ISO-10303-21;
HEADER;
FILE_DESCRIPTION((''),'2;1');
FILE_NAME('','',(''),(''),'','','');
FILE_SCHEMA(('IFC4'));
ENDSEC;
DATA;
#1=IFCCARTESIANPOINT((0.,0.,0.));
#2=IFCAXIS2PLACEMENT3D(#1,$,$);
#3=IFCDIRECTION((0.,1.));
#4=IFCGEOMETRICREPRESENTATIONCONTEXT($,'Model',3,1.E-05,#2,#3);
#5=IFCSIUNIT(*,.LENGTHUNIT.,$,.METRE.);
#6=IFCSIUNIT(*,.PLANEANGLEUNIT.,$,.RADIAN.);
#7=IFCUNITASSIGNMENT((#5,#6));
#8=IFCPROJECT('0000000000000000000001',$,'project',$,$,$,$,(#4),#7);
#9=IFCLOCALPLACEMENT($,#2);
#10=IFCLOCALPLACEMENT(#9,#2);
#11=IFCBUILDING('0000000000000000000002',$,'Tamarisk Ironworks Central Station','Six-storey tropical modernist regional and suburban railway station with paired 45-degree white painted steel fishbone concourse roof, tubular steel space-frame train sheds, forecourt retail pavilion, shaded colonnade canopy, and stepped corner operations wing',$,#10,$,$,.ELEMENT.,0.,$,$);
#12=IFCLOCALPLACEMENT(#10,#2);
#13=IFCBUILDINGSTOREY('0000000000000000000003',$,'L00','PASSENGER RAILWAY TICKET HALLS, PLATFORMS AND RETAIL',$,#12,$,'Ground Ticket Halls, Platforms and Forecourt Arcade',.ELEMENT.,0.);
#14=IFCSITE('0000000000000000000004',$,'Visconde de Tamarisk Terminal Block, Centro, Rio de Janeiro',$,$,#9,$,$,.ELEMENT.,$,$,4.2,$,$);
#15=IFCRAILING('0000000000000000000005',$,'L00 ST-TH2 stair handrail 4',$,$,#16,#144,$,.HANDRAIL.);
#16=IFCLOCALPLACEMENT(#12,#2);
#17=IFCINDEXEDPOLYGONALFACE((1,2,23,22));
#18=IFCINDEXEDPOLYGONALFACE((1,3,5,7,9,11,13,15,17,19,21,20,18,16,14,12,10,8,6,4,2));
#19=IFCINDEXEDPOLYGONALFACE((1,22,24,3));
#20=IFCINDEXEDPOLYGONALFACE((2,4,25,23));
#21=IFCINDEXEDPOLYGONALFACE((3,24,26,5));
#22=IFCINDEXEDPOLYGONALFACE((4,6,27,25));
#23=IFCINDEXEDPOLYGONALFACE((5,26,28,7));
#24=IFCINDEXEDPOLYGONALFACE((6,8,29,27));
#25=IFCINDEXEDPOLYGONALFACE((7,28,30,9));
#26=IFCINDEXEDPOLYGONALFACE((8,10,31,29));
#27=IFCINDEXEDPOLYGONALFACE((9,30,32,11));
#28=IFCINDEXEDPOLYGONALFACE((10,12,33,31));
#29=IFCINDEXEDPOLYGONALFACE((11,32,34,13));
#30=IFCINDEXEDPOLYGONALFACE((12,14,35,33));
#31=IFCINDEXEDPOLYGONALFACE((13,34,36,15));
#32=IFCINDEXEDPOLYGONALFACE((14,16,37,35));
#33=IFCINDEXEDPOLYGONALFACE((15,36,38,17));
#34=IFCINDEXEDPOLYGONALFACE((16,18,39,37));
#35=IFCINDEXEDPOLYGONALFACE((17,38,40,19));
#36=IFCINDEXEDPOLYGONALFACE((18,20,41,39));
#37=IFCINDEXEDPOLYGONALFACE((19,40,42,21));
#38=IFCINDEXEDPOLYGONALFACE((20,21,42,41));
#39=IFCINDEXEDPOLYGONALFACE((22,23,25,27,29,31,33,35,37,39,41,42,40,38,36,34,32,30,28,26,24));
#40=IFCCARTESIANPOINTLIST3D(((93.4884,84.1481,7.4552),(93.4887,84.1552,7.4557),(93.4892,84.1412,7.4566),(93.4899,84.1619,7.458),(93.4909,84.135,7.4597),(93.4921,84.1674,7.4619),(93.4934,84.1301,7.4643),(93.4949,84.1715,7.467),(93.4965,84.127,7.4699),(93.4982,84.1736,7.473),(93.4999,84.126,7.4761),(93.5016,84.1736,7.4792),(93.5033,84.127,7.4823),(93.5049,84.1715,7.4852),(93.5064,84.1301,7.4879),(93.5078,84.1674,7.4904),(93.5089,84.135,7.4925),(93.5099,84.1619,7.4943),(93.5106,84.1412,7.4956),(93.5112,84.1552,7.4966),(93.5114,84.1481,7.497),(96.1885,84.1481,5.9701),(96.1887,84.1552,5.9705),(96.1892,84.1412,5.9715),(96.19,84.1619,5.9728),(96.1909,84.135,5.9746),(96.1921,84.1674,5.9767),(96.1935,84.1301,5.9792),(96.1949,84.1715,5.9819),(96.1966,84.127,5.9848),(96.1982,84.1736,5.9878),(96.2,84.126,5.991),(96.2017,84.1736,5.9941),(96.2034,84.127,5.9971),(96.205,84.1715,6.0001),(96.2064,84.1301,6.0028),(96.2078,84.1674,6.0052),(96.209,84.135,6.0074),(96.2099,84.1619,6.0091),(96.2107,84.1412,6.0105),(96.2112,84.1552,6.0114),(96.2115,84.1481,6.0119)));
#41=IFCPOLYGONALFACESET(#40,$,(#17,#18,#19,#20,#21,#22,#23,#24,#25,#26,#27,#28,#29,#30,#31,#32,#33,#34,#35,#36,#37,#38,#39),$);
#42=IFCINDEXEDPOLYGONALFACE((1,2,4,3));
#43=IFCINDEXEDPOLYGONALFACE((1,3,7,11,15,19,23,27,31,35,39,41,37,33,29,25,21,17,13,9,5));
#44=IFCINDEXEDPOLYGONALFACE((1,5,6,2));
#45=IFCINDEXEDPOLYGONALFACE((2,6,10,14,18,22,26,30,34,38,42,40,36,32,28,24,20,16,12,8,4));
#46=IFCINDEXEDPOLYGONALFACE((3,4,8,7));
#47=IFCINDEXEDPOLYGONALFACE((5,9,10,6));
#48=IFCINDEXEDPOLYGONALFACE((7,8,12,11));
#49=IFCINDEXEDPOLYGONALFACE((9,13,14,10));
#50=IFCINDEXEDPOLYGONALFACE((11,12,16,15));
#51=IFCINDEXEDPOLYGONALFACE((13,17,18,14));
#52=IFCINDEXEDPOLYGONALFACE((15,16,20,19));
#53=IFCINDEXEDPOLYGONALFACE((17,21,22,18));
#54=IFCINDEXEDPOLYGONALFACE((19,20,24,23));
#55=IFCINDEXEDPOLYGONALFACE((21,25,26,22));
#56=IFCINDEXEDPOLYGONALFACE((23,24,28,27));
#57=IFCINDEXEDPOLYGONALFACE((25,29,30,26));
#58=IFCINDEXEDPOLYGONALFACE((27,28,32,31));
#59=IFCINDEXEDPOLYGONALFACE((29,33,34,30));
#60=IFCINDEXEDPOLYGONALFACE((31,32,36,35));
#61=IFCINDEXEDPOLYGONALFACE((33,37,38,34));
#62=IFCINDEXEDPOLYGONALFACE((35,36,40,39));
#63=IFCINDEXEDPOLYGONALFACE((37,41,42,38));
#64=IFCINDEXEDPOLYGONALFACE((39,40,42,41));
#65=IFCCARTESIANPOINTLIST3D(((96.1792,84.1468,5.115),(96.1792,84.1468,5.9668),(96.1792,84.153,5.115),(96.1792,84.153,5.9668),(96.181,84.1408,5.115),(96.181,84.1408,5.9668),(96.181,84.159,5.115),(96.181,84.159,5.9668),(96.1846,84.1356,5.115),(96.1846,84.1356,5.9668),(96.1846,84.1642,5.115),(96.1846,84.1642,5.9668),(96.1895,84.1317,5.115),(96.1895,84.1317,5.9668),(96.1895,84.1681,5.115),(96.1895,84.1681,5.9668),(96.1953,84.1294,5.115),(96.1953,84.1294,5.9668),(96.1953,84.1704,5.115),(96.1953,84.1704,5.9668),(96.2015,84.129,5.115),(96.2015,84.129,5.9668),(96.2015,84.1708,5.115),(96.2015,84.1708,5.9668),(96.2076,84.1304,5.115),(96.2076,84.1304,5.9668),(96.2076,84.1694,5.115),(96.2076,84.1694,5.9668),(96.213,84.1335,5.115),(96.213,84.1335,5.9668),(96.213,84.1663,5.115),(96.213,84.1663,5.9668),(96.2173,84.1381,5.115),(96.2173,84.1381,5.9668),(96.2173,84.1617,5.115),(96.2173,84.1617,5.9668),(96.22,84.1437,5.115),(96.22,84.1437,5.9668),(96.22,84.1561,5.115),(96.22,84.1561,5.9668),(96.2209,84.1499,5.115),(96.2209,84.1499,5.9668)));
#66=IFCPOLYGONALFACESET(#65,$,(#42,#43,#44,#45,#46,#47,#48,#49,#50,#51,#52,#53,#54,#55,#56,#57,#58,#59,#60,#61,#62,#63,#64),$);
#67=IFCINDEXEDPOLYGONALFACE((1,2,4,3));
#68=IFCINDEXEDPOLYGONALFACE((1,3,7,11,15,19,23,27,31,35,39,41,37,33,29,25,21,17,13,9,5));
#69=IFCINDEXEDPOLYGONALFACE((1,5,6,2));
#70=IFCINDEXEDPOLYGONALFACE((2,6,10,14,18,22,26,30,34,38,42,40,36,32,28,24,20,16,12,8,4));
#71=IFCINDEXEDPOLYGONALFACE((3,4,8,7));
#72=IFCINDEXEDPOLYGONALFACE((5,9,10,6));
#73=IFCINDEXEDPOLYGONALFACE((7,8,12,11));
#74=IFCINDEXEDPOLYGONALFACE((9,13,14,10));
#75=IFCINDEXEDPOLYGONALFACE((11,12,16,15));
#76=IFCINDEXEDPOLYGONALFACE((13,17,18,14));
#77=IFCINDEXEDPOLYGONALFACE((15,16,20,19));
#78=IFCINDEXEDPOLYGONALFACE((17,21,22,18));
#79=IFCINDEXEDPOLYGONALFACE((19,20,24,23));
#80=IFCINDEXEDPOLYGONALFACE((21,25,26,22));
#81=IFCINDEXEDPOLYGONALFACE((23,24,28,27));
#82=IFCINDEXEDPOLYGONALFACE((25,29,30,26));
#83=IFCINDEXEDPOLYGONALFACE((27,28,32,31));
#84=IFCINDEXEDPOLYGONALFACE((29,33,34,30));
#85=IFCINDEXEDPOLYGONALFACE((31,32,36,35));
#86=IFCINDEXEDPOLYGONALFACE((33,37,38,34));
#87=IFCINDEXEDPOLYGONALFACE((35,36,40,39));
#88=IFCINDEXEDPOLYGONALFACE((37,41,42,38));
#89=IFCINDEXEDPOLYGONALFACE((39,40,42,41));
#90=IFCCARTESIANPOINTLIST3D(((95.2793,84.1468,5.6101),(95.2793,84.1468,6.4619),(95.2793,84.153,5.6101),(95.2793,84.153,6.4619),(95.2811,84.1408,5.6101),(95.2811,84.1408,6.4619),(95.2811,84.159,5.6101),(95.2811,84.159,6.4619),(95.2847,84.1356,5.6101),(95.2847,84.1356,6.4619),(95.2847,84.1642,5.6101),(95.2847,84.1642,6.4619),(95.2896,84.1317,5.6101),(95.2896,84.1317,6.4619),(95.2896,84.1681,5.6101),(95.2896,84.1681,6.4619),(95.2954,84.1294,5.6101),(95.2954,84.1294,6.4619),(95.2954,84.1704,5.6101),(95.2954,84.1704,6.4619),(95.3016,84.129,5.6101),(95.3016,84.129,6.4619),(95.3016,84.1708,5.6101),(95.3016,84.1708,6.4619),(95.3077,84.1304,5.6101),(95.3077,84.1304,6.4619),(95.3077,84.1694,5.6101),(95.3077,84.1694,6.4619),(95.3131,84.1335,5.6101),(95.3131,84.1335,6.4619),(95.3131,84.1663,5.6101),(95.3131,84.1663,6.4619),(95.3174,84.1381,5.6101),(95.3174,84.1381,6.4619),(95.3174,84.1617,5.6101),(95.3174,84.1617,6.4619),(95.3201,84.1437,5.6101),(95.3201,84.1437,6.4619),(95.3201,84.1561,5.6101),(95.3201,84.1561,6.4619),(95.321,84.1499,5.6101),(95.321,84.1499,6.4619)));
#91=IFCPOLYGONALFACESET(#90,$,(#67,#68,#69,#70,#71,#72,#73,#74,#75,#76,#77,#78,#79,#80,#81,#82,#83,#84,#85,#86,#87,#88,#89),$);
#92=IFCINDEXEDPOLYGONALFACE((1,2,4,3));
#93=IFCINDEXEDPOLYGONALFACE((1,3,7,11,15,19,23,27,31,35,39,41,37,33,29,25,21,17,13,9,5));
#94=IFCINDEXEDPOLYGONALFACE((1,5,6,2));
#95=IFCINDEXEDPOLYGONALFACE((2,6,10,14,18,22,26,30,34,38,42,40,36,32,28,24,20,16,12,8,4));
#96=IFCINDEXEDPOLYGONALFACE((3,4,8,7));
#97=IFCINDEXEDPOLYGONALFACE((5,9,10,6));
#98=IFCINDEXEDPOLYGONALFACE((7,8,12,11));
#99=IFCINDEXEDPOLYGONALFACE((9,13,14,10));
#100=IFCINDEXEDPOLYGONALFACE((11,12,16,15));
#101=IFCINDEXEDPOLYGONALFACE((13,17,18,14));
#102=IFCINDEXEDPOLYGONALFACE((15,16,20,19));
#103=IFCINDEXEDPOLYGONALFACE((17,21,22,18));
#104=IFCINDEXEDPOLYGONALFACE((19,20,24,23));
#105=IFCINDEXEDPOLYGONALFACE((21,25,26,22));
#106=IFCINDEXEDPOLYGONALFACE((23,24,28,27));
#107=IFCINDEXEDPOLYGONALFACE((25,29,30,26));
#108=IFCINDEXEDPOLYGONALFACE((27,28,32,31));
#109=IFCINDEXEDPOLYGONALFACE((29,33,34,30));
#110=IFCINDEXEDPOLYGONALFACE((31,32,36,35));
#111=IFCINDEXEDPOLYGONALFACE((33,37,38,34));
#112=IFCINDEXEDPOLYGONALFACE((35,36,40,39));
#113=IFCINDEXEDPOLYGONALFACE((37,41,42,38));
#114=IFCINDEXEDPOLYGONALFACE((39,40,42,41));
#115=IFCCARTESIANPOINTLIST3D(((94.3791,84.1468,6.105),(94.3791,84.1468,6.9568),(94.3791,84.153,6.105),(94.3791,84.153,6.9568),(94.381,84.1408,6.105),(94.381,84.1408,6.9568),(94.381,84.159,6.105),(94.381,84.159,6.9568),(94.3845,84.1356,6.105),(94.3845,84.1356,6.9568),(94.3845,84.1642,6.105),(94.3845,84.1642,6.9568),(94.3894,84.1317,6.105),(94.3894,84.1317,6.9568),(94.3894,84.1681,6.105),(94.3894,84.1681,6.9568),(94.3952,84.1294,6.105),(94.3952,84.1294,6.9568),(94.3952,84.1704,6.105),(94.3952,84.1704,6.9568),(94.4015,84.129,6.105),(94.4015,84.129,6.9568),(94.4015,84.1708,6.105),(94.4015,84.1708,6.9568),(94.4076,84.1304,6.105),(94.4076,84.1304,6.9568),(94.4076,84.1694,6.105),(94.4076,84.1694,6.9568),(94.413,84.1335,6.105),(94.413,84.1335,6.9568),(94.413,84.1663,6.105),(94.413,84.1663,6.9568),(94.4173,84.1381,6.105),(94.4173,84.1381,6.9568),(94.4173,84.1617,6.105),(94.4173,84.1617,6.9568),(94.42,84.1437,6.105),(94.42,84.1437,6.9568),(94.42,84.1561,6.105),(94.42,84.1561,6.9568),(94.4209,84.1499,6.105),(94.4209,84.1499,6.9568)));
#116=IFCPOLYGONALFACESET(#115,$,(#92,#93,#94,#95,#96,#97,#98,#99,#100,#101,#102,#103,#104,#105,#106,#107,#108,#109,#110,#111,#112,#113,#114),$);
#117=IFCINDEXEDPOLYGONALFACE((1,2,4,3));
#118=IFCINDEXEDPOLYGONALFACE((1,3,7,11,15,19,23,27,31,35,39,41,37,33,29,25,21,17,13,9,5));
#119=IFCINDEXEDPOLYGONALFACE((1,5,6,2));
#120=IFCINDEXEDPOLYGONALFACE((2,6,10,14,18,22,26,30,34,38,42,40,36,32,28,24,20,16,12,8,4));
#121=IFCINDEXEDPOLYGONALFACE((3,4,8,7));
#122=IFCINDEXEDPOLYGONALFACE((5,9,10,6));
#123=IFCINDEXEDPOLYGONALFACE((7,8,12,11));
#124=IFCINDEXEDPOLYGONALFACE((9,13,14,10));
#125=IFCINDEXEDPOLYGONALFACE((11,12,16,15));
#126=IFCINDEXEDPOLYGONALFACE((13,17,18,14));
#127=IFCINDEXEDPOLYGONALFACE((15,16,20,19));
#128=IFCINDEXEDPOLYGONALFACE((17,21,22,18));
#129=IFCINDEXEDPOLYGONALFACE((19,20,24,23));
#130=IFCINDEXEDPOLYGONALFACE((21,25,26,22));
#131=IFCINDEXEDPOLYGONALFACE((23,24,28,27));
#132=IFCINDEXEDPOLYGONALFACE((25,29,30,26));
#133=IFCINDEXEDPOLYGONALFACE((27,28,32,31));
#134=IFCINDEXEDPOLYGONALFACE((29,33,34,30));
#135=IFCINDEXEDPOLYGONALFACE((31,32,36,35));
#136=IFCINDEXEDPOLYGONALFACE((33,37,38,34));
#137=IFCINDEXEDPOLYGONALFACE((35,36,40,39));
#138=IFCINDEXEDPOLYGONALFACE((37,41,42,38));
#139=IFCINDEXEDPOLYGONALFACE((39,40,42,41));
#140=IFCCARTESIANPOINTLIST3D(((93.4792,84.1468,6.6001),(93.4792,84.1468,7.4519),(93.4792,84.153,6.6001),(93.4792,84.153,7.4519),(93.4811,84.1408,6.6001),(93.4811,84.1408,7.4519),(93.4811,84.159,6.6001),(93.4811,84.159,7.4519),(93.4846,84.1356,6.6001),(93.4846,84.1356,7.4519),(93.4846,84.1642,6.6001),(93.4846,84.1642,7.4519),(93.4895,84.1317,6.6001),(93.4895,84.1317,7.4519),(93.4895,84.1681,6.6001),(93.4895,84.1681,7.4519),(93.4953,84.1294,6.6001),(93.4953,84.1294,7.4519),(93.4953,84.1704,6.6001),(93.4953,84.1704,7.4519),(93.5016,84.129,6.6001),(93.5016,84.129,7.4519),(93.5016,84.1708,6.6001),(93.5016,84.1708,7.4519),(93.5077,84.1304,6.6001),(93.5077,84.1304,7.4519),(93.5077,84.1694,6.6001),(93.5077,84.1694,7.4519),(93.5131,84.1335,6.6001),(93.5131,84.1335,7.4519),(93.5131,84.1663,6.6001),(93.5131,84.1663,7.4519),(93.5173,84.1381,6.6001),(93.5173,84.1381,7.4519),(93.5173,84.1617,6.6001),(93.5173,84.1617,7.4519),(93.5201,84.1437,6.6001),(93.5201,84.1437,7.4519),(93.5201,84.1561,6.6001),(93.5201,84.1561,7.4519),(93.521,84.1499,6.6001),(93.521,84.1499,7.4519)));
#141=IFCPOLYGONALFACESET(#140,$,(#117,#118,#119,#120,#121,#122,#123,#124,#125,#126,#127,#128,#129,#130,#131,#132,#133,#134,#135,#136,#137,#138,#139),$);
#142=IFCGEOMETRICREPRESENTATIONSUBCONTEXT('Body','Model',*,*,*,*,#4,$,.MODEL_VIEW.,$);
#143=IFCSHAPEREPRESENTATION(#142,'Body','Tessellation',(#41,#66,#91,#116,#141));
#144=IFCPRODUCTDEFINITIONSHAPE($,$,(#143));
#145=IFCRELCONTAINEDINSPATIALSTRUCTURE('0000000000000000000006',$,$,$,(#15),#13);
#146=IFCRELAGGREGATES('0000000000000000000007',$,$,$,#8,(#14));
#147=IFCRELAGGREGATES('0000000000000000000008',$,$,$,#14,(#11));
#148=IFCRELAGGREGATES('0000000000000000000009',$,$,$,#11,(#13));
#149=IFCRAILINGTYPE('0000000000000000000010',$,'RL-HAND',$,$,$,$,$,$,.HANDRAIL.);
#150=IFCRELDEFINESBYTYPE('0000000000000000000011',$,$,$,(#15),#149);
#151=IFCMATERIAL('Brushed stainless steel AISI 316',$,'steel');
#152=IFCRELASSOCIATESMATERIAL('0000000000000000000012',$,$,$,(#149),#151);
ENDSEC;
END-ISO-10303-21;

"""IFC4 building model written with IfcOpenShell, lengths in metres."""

from ifc_helpers import new_model, si_unit, direction, frame, origin, origin_2d, place, context, subcontext, project, spatial, circle, extrude, material, type_object, element, save


model = new_model("IFC4")

# Units and contexts
model_context = context("Model", 3, precision=1e-05, world=origin(), true_north=direction((0.0, 1.0)))
body_context = subcontext(model_context, "Body", "Model", "MODEL_VIEW")
ifc_project = project(units=[si_unit("LENGTHUNIT", "METRE"), si_unit("PLANEANGLEUNIT", "RADIAN")], contexts=[model_context])

# Site, building, storey
site_placement = place(None, origin())
site = spatial("IfcSite", under=ifc_project, at=site_placement, Name="Visconde de Tamarisk Terminal Block, Centro, Rio de Janeiro", CompositionType="ELEMENT", RefElevation=4.2)
building_placement = place(site_placement, origin())
building = spatial("IfcBuilding", under=site, at=building_placement, Name="Tamarisk Ironworks Central Station", Description="Six-storey tropical modernist regional and suburban railway station with paired 45-degree white painted steel fishbone concourse roof, tubular steel space-frame train sheds, forecourt retail pavilion, shaded colonnade canopy, and stepped corner operations wing", CompositionType="ELEMENT", ElevationOfRefHeight=0.0)
storey_placement = place(building_placement, origin())
storey = spatial("IfcBuildingStorey", under=building, at=storey_placement, Name="L00", Description="PASSENGER RAILWAY TICKET HALLS, PLATFORMS AND RETAIL", LongName="Ground Ticket Halls, Platforms and Forecourt Arcade", CompositionType="ELEMENT", Elevation=0.0)

# Railing
ifc_material_1 = material(Name="Brushed stainless steel AISI 316", Category="steel")
railing_type_1 = type_object("IfcRailingType", Name="RL-HAND", PredefinedType="HANDRAIL", material=ifc_material_1)
for number, where, name in (
    (1, (96.2, 84.1499, 5.115), "L00 ST-TH2 stair handrail 4"),
):
    element("IfcRailing", number, at=place(storey_placement, frame(where)), inside=storey, type_object=railing_type_1, Name=name, PredefinedType="HANDRAIL", context=body_context, shape_type="SweptSolid", body=[
        extrude(circle(Radius=0.0239, at=origin_2d()), frame((0.0, 0.0, 0.876), z_axis=(-0.876198, 0.0, 0.481952), x_axis=(0.0, -1.0, 0.0)), (0.0, 0.0, 1.0), 3.0815),
        extrude(circle(Radius=0.021, at=origin_2d()), origin(), (0.0, 0.0, 1.0), 0.8518),
        extrude(circle(Radius=0.021, at=origin_2d()), frame((-0.8999, 0.0, 0.4951)), (0.0, 0.0, 1.0), 0.8518),
        extrude(circle(Radius=0.021, at=origin_2d()), frame((-1.8, 0.0, 0.99)), (0.0, 0.0, 1.0), 0.8518),
        extrude(circle(Radius=0.021, at=origin_2d()), frame((-2.7, 0.0, 1.4851)), (0.0, 0.0, 1.0), 0.8518),
    ])

save(model, "model.ifc")
